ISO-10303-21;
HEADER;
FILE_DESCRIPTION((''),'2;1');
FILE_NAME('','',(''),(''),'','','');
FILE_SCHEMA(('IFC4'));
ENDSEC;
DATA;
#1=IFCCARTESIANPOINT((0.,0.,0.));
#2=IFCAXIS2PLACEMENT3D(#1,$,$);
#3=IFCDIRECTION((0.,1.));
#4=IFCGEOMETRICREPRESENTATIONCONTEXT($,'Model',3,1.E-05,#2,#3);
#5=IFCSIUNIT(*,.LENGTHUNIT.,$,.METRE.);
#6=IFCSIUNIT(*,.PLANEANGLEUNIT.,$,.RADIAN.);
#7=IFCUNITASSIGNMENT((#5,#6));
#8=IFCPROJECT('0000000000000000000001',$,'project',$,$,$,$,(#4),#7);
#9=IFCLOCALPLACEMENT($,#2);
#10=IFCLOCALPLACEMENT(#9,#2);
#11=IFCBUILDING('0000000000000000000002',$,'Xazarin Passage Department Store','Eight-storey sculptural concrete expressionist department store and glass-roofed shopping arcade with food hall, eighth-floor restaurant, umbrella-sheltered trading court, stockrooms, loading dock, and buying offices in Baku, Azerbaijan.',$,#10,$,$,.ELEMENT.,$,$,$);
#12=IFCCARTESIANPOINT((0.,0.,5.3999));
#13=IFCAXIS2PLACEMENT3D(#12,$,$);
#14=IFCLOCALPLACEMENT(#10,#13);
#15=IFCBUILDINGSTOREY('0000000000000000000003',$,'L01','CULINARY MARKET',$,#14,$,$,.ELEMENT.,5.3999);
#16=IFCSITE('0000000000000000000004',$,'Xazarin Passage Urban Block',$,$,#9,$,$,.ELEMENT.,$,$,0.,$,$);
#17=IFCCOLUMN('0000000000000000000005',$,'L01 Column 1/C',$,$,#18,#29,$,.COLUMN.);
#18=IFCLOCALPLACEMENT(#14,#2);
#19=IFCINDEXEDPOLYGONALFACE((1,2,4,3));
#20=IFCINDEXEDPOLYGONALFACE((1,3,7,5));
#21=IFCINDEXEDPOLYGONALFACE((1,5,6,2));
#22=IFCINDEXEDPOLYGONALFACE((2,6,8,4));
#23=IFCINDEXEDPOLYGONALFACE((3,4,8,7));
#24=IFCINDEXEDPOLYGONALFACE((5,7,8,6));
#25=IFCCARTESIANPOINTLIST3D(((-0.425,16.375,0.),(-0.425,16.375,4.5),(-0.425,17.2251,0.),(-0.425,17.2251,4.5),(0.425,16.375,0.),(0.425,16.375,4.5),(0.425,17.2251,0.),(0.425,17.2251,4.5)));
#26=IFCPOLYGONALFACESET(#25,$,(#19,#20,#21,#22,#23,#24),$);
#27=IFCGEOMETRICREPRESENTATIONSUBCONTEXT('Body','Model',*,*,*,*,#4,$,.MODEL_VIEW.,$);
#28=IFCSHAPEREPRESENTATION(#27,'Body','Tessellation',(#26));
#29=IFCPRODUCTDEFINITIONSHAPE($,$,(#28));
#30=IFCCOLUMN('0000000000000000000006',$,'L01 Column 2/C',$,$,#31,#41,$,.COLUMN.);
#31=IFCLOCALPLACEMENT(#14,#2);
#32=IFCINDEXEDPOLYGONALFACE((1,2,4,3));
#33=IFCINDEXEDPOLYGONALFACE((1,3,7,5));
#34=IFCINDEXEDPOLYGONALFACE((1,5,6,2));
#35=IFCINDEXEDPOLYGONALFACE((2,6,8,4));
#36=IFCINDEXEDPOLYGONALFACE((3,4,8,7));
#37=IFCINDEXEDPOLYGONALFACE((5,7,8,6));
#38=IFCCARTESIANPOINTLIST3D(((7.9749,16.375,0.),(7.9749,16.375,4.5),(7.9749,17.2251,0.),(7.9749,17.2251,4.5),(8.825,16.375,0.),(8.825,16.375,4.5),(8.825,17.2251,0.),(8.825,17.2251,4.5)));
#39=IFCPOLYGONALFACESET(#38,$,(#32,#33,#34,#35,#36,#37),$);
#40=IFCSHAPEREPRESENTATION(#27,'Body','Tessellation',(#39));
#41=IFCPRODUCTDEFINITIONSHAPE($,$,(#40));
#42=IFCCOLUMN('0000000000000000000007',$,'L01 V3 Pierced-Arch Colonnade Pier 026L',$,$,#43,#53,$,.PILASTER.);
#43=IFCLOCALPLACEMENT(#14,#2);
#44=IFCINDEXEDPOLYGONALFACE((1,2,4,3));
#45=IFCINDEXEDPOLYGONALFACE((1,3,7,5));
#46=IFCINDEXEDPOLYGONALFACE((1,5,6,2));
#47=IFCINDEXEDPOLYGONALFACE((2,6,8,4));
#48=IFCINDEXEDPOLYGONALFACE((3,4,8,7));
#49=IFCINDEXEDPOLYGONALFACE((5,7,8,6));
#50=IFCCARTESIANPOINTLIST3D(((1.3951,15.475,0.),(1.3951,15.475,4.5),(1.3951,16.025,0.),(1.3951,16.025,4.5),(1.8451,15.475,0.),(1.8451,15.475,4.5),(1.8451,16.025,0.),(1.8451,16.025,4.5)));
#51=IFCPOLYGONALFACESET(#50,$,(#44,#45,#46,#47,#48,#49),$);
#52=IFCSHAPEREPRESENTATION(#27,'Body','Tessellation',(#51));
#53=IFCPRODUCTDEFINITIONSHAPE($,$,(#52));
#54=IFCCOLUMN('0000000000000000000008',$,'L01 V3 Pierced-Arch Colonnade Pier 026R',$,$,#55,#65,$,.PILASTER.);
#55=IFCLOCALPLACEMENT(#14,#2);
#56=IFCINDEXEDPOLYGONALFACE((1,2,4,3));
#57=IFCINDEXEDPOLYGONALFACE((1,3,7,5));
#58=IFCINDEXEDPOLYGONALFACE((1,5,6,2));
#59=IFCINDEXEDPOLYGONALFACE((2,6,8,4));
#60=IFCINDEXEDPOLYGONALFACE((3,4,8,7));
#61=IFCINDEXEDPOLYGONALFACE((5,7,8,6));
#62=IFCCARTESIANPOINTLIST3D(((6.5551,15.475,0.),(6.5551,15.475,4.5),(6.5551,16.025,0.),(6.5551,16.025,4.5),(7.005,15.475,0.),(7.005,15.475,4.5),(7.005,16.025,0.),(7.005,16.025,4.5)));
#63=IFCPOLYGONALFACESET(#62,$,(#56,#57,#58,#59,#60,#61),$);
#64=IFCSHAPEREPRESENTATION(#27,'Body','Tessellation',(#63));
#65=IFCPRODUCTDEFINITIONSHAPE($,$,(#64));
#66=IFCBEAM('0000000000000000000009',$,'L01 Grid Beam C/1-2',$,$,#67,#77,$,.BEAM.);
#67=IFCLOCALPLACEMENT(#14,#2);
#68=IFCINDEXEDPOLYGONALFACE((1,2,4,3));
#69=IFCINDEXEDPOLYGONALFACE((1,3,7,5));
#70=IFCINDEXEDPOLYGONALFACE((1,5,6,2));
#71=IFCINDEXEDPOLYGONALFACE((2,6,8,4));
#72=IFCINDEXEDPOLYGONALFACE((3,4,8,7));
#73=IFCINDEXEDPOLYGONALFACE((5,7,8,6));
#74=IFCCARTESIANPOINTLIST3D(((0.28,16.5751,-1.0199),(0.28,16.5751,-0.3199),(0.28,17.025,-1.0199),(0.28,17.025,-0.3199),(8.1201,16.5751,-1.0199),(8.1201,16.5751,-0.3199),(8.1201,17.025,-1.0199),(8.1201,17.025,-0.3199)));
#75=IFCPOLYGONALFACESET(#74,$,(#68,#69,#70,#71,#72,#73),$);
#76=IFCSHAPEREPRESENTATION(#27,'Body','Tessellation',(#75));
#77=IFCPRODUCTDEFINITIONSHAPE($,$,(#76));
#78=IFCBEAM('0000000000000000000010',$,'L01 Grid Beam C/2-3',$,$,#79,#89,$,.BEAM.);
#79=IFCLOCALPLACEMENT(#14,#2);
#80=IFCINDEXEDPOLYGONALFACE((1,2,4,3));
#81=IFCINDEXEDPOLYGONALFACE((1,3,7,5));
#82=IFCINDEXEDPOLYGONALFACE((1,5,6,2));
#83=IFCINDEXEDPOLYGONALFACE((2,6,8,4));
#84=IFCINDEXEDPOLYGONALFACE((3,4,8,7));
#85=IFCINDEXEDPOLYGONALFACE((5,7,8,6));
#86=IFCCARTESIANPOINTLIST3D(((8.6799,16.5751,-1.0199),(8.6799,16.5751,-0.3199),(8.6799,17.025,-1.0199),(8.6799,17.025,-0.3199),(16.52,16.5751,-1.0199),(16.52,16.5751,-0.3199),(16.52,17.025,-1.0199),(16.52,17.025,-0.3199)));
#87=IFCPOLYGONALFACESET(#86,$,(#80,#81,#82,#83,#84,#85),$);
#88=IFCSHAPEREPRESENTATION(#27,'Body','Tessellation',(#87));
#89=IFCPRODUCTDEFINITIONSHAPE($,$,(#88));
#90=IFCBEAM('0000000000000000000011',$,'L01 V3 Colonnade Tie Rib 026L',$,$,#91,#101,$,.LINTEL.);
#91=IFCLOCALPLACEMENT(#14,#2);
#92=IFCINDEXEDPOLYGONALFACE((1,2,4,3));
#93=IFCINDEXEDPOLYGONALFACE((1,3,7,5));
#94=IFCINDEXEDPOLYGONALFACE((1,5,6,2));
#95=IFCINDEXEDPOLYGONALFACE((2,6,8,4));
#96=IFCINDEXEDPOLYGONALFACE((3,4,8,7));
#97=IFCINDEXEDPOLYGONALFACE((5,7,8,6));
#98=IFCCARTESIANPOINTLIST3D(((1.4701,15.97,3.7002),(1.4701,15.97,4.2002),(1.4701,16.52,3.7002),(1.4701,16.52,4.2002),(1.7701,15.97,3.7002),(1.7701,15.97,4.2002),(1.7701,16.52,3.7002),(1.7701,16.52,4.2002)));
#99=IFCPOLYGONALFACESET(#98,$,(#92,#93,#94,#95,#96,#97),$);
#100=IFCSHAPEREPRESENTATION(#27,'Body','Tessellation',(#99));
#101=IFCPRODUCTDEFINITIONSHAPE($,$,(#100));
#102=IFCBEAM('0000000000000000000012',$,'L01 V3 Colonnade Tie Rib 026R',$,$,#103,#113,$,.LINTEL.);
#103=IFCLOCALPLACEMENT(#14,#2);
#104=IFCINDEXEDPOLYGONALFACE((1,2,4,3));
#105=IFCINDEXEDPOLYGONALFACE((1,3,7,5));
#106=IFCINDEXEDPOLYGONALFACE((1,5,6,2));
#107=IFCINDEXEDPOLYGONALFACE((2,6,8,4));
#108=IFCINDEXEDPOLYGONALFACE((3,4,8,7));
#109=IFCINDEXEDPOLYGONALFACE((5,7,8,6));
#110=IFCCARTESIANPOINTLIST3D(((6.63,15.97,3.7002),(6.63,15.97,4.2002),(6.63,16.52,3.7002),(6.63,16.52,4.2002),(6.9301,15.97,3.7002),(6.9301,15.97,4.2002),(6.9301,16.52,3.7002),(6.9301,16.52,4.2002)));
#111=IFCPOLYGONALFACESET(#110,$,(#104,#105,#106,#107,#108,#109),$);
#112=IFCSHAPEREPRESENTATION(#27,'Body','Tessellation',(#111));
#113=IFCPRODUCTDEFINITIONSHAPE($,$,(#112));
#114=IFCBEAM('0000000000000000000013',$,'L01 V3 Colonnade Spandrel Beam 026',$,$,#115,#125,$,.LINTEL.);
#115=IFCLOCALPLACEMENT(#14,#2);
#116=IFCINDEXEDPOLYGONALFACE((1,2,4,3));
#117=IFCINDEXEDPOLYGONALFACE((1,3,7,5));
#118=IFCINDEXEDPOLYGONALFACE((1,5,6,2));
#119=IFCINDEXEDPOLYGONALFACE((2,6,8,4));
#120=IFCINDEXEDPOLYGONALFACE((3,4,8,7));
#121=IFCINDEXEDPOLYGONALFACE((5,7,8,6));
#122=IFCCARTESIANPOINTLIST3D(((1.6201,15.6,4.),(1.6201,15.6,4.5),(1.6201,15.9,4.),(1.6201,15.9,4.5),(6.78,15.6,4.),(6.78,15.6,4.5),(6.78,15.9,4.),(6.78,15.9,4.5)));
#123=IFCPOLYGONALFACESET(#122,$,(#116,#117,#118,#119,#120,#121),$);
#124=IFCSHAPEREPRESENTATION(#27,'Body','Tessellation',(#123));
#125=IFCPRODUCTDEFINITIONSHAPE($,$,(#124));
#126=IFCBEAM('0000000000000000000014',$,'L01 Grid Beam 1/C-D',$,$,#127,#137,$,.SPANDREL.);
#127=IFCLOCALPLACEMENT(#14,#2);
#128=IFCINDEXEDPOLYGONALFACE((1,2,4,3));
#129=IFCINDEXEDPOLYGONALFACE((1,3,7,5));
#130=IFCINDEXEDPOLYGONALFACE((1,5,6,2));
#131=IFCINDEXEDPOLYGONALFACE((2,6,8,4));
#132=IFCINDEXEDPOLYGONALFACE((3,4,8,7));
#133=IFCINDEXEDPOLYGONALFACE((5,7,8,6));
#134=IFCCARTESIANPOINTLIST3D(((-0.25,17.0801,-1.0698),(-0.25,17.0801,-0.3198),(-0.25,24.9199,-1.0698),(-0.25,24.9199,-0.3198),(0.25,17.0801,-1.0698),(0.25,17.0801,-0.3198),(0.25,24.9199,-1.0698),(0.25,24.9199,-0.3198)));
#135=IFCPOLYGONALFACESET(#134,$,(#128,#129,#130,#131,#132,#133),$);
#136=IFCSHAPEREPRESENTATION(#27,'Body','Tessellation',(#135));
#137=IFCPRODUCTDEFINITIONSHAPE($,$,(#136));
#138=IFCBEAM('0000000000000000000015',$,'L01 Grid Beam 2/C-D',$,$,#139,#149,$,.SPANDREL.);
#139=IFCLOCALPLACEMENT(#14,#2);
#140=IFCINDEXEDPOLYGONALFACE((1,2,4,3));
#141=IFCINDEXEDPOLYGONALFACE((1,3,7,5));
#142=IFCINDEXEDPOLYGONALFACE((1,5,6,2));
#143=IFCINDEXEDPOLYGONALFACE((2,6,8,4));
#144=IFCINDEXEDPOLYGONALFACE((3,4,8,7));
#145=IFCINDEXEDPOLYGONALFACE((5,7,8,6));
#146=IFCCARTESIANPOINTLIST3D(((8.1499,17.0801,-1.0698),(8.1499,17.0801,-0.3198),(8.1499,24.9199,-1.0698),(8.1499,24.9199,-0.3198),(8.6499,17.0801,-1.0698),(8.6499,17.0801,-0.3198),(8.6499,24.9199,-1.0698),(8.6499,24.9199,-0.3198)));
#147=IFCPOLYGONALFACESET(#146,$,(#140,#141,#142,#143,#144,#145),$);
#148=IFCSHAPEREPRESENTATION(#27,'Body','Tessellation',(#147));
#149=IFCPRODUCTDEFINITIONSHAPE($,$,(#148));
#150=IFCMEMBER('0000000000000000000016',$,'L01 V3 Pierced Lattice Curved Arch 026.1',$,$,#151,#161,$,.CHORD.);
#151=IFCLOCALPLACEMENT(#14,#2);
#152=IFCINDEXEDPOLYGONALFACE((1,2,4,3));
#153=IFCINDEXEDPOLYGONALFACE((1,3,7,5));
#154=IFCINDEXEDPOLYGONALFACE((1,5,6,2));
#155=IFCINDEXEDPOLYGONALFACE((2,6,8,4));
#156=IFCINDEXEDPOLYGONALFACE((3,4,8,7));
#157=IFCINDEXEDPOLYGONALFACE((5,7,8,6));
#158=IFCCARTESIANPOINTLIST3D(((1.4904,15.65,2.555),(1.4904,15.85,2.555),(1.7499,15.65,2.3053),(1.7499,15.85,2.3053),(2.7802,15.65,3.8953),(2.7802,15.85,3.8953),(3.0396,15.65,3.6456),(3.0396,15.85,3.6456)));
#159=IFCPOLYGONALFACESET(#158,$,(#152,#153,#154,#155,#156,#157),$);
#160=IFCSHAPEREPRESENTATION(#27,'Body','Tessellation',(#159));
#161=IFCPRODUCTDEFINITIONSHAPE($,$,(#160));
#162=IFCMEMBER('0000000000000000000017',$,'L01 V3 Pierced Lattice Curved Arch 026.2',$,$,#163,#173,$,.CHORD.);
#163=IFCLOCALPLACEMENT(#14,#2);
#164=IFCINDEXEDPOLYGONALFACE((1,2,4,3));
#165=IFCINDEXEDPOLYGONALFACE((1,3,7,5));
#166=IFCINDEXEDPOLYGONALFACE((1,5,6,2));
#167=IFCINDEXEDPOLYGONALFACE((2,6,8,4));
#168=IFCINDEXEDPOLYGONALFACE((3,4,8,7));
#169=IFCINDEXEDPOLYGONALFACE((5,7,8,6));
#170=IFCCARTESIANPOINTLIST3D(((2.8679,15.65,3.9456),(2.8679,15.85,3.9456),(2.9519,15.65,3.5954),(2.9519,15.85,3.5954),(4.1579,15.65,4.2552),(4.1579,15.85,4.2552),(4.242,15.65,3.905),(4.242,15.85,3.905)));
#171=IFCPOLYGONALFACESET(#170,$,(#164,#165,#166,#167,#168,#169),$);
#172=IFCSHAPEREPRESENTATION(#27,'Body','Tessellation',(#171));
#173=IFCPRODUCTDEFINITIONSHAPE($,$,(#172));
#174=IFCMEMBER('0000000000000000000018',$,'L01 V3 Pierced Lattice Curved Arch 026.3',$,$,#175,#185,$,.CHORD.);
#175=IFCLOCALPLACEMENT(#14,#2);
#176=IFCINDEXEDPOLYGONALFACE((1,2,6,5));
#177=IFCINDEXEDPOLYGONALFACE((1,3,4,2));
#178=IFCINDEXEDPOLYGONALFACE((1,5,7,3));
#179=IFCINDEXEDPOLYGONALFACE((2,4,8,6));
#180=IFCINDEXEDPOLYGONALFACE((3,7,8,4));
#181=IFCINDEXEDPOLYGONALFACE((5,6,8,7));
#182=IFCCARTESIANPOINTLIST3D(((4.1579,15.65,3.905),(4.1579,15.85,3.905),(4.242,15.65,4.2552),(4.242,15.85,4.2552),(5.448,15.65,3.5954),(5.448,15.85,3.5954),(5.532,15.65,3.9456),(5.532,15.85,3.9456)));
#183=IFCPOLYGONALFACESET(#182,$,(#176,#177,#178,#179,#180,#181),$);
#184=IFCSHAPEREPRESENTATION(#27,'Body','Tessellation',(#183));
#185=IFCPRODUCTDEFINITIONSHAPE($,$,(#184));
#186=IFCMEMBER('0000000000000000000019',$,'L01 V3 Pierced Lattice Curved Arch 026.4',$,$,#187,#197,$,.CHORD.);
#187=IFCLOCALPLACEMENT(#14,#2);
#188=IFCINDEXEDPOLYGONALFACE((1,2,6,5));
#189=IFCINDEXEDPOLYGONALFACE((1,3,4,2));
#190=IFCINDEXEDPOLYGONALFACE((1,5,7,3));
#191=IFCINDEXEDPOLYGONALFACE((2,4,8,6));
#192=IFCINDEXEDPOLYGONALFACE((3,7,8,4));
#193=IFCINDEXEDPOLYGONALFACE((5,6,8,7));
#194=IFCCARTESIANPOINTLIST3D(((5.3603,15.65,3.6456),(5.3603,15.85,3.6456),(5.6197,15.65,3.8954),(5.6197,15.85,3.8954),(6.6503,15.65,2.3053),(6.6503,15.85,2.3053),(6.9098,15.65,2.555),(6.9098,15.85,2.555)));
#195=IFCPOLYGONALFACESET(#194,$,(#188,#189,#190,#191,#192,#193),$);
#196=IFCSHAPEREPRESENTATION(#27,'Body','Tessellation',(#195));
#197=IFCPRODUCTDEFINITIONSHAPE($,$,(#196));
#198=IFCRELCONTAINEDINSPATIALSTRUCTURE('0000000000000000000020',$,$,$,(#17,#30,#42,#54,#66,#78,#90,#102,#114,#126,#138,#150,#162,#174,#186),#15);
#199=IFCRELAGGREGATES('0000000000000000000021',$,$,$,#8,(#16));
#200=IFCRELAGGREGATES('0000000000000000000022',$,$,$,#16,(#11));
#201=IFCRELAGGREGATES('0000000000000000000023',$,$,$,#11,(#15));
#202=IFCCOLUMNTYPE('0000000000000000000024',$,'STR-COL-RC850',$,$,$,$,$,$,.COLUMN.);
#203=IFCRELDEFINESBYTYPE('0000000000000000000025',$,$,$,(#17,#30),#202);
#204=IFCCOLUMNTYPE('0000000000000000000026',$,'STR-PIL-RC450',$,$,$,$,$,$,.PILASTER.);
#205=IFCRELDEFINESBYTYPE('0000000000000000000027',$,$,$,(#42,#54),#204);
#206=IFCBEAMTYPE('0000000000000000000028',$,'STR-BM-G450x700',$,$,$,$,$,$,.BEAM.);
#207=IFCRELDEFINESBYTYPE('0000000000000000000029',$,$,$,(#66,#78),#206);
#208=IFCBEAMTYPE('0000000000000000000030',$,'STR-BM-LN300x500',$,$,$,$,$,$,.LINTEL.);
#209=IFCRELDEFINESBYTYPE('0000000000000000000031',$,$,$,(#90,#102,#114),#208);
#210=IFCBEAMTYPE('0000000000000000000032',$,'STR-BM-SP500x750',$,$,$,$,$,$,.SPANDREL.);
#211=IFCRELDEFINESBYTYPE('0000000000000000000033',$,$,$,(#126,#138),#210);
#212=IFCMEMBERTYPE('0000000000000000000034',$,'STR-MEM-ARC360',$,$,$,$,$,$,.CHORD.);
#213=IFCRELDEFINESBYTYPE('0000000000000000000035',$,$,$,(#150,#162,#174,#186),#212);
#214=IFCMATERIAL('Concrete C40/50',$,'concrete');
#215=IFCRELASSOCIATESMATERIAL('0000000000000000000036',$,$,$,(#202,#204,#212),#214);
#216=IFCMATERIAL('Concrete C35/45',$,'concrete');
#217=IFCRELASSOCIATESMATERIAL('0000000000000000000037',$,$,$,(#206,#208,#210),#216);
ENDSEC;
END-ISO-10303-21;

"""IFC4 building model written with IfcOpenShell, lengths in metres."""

from ifc_helpers import new_model, si_unit, direction, frame, origin, origin_2d, place, context, subcontext, project, spatial, rectangle, extrude, material, material_profile, profile_set, type_object, element, save


model = new_model("IFC4")

# Units and contexts
model_context = context("Model", 3, precision=1e-05, world=origin(), true_north=direction((0.0, 1.0)))
body_context = subcontext(model_context, "Body", "Model", "MODEL_VIEW")
ifc_project = project(units=[si_unit("LENGTHUNIT", "METRE"), si_unit("PLANEANGLEUNIT", "RADIAN")], contexts=[model_context])

# Site, building, storey
site_placement = place(None, origin())
site = spatial("IfcSite", under=ifc_project, at=site_placement, Name="Xazarin Passage Urban Block", CompositionType="ELEMENT", RefElevation=0.0)
building_placement = place(site_placement, origin())
building = spatial("IfcBuilding", under=site, at=building_placement, Name="Xazarin Passage Department Store", Description="Eight-storey sculptural concrete expressionist department store and glass-roofed shopping arcade with food hall, eighth-floor restaurant, umbrella-sheltered trading court, stockrooms, loading dock, and buying offices in Baku, Azerbaijan.", CompositionType="ELEMENT")
storey_placement = place(building_placement, frame((0.0, 0.0, 5.3999)))
storey = spatial("IfcBuildingStorey", under=building, at=storey_placement, Name="L01", Description="CULINARY MARKET", CompositionType="ELEMENT", Elevation=5.3999)

# Columns
ifc_material_1 = material(Name="Concrete C40/50", Category="concrete")
ifc_material_profile_1 = material_profile(ifc_material_1, rectangle(XDim=0.8501, YDim=0.8501, at=origin_2d()), Name="RC 850x850")
ifc_profile_set_1 = profile_set([ifc_material_profile_1], Name="Concrete C40/50")
column_type_1 = type_object("IfcColumnType", Name="STR-COL-RC850", PredefinedType="COLUMN", material=ifc_profile_set_1)
for number, where, z_axis, x_axis, name in (
    (1, (0.0, 16.8, 0.0), (0.0, 0.0, 1.0), (1.0, 0.0, 0.0), "L01 Column 1/C"),
    (2, (8.3999, 16.8, 0.0), (0.0, 0.0, 1.0), (1.0, 0.0, 0.0), "L01 Column 2/C"),
):
    element("IfcColumn", number, at=place(storey_placement, frame(where, z_axis=z_axis, x_axis=x_axis)), inside=storey, type_object=column_type_1, Name=name, PredefinedType="COLUMN", context=body_context, shape_type="SweptSolid", body=[
        extrude(rectangle(XDim=0.8501, YDim=0.8501, at=origin_2d()), origin(), (0.0, 0.0, 1.0), 4.5),
    ])
ifc_material_profile_2 = material_profile(ifc_material_1, rectangle(XDim=0.45, YDim=0.55, at=origin_2d()), Name="RC 450x550")
ifc_profile_set_2 = profile_set([ifc_material_profile_2], Name="Concrete C40/50")
column_type_2 = type_object("IfcColumnType", Name="STR-PIL-RC450", PredefinedType="PILASTER", material=ifc_profile_set_2)
for number, where, z_axis, x_axis, name in (
    (3, (1.6201, 15.75, 0.0), (0.0, 0.0, 1.0), (1.0, 0.0, 0.0), "L01 V3 Pierced-Arch Colonnade Pier 026L"),
    (4, (6.78, 15.75, 0.0), (0.0, 0.0, 1.0), (1.0, 0.0, 0.0), "L01 V3 Pierced-Arch Colonnade Pier 026R"),
):
    element("IfcColumn", number, at=place(storey_placement, frame(where, z_axis=z_axis, x_axis=x_axis)), inside=storey, type_object=column_type_2, Name=name, PredefinedType="PILASTER", context=body_context, shape_type="SweptSolid", body=[
        extrude(rectangle(XDim=0.45, YDim=0.55, at=origin_2d()), origin(), (0.0, 0.0, 1.0), 4.5),
    ])

# Beams
ifc_material_2 = material(Name="Concrete C35/45", Category="concrete")
ifc_material_profile_3 = material_profile(ifc_material_2, rectangle(XDim=0.45, YDim=0.7, at=origin_2d()), Name="RC 450x700")
ifc_profile_set_3 = profile_set([ifc_material_profile_3], Name="Concrete C35/45")
beam_type_1 = type_object("IfcBeamType", Name="STR-BM-G450x700", PredefinedType="BEAM", material=ifc_profile_set_3)
for number, where, z_axis, x_axis, name in (
    (5, (0.28, 16.8, -0.6699), (1.0, 0.0, 0.0), (0.0, 1.0, 0.0), "L01 Grid Beam C/1-2"),
    (6, (8.6799, 16.8, -0.6699), (1.0, 0.0, 0.0), (0.0, 1.0, 0.0), "L01 Grid Beam C/2-3"),
):
    element("IfcBeam", number, at=place(storey_placement, frame(where, z_axis=z_axis, x_axis=x_axis)), inside=storey, type_object=beam_type_1, Name=name, PredefinedType="BEAM", context=body_context, shape_type="SweptSolid", body=[
        extrude(rectangle(XDim=0.45, YDim=0.7, at=origin_2d()), origin(), (0.0, 0.0, 1.0), 7.8401),
    ])
ifc_material_profile_4 = material_profile(ifc_material_2, rectangle(XDim=0.3, YDim=0.5, at=origin_2d()), Name="RC 300x500")
ifc_profile_set_4 = profile_set([ifc_material_profile_4], Name="Concrete C35/45")
beam_type_2 = type_object("IfcBeamType", Name="STR-BM-LN300x500", PredefinedType="LINTEL", material=ifc_profile_set_4)
for number, where, z_axis, x_axis, name in (
    (7, (1.6201, 16.52, 3.9502), (0.0, -1.0, 0.0), (1.0, 0.0, 0.0), "L01 V3 Colonnade Tie Rib 026L"),
    (8, (6.78, 16.52, 3.9502), (0.0, -1.0, 0.0), (1.0, 0.0, 0.0), "L01 V3 Colonnade Tie Rib 026R"),
):
    element("IfcBeam", number, at=place(storey_placement, frame(where, z_axis=z_axis, x_axis=x_axis)), inside=storey, type_object=beam_type_2, Name=name, PredefinedType="LINTEL", context=body_context, shape_type="SweptSolid", body=[
        extrude(rectangle(XDim=0.3, YDim=0.5, at=origin_2d()), origin(), (0.0, 0.0, 1.0), 0.55),
    ])
beam_placement = place(storey_placement, frame((1.6201, 15.75, 4.25), z_axis=(1.0, 0.0, 0.0), x_axis=(0.0, 1.0, 0.0)))
element("IfcBeam", 9, at=beam_placement, inside=storey, type_object=beam_type_2, Name="L01 V3 Colonnade Spandrel Beam 026", PredefinedType="LINTEL", context=body_context, shape_type="SweptSolid", body=[
    extrude(rectangle(XDim=0.3, YDim=0.5, at=origin_2d()), origin(), (0.0, 0.0, 1.0), 5.1599),
])
ifc_material_profile_5 = material_profile(ifc_material_2, rectangle(XDim=0.5, YDim=0.75, at=origin_2d()), Name="RC 500x750")
ifc_profile_set_5 = profile_set([ifc_material_profile_5], Name="Concrete C35/45")
beam_type_3 = type_object("IfcBeamType", Name="STR-BM-SP500x750", PredefinedType="SPANDREL", material=ifc_profile_set_5)
for number, where, z_axis, x_axis, name in (
    (10, (0.0, 17.0801, -0.6948), (0.0, 1.0, 0.0), (-1.0, 0.0, 0.0), "L01 Grid Beam 1/C-D"),
    (11, (8.3999, 17.0801, -0.6948), (0.0, 1.0, 0.0), (-1.0, 0.0, 0.0), "L01 Grid Beam 2/C-D"),
):
    element("IfcBeam", number, at=place(storey_placement, frame(where, z_axis=z_axis, x_axis=x_axis)), inside=storey, type_object=beam_type_3, Name=name, PredefinedType="SPANDREL", context=body_context, shape_type="SweptSolid", body=[
        extrude(rectangle(XDim=0.5, YDim=0.75, at=origin_2d()), origin(), (0.0, 0.0, 1.0), 7.8398),
    ])

# Members
ifc_material_profile_6 = material_profile(ifc_material_1, rectangle(XDim=0.2, YDim=0.3601, at=origin_2d()), Name="RC 200x360")
ifc_profile_set_6 = profile_set([ifc_material_profile_6], Name="Concrete C40/50")
member_type = type_object("IfcMemberType", Name="STR-MEM-ARC360", PredefinedType="CHORD", material=ifc_profile_set_6)
member_1_placement = place(storey_placement, frame((1.6201, 15.75, 2.4302), z_axis=(0.693392, 0.0, 0.720561), x_axis=(0.0, 1.0, 0.0)))
element("IfcMember", 12, at=member_1_placement, inside=storey, type_object=member_type, Name="L01 V3 Pierced Lattice Curved Arch 026.1", PredefinedType="CHORD", context=body_context, shape_type="SweptSolid", body=[
    extrude(rectangle(XDim=0.2, YDim=0.3601, at=origin_2d()), origin(), (0.0, 0.0, 1.0), 1.8601),
])
for number, where, z_axis, x_axis, name in (
    (13, (2.9099, 15.75, 3.7705), (0.972394, 0.0, 0.233345), (0.0, 1.0, 0.0), "L01 V3 Pierced Lattice Curved Arch 026.2"),
    (14, (4.2, 15.75, 4.0801), (0.972394, 0.0, -0.233345), (0.0, 1.0, 0.0), "L01 V3 Pierced Lattice Curved Arch 026.3"),
):
    element("IfcMember", number, at=place(storey_placement, frame(where, z_axis=z_axis, x_axis=x_axis)), inside=storey, type_object=member_type, Name=name, PredefinedType="CHORD", context=body_context, shape_type="SweptSolid", body=[
        extrude(rectangle(XDim=0.2, YDim=0.3601, at=origin_2d()), origin(), (0.0, 0.0, 1.0), 1.3267),
    ])
member_2_placement = place(storey_placement, frame((5.49, 15.75, 3.7705), z_axis=(0.69346, 0.0, -0.720495), x_axis=(0.0, 1.0, 0.0)))
element("IfcMember", 15, at=member_2_placement, inside=storey, type_object=member_type, Name="L01 V3 Pierced Lattice Curved Arch 026.4", PredefinedType="CHORD", context=body_context, shape_type="SweptSolid", body=[
    extrude(rectangle(XDim=0.2, YDim=0.3601, at=origin_2d()), origin(), (0.0, 0.0, 1.0), 1.8604),
])

save(model, "model.ifc")
